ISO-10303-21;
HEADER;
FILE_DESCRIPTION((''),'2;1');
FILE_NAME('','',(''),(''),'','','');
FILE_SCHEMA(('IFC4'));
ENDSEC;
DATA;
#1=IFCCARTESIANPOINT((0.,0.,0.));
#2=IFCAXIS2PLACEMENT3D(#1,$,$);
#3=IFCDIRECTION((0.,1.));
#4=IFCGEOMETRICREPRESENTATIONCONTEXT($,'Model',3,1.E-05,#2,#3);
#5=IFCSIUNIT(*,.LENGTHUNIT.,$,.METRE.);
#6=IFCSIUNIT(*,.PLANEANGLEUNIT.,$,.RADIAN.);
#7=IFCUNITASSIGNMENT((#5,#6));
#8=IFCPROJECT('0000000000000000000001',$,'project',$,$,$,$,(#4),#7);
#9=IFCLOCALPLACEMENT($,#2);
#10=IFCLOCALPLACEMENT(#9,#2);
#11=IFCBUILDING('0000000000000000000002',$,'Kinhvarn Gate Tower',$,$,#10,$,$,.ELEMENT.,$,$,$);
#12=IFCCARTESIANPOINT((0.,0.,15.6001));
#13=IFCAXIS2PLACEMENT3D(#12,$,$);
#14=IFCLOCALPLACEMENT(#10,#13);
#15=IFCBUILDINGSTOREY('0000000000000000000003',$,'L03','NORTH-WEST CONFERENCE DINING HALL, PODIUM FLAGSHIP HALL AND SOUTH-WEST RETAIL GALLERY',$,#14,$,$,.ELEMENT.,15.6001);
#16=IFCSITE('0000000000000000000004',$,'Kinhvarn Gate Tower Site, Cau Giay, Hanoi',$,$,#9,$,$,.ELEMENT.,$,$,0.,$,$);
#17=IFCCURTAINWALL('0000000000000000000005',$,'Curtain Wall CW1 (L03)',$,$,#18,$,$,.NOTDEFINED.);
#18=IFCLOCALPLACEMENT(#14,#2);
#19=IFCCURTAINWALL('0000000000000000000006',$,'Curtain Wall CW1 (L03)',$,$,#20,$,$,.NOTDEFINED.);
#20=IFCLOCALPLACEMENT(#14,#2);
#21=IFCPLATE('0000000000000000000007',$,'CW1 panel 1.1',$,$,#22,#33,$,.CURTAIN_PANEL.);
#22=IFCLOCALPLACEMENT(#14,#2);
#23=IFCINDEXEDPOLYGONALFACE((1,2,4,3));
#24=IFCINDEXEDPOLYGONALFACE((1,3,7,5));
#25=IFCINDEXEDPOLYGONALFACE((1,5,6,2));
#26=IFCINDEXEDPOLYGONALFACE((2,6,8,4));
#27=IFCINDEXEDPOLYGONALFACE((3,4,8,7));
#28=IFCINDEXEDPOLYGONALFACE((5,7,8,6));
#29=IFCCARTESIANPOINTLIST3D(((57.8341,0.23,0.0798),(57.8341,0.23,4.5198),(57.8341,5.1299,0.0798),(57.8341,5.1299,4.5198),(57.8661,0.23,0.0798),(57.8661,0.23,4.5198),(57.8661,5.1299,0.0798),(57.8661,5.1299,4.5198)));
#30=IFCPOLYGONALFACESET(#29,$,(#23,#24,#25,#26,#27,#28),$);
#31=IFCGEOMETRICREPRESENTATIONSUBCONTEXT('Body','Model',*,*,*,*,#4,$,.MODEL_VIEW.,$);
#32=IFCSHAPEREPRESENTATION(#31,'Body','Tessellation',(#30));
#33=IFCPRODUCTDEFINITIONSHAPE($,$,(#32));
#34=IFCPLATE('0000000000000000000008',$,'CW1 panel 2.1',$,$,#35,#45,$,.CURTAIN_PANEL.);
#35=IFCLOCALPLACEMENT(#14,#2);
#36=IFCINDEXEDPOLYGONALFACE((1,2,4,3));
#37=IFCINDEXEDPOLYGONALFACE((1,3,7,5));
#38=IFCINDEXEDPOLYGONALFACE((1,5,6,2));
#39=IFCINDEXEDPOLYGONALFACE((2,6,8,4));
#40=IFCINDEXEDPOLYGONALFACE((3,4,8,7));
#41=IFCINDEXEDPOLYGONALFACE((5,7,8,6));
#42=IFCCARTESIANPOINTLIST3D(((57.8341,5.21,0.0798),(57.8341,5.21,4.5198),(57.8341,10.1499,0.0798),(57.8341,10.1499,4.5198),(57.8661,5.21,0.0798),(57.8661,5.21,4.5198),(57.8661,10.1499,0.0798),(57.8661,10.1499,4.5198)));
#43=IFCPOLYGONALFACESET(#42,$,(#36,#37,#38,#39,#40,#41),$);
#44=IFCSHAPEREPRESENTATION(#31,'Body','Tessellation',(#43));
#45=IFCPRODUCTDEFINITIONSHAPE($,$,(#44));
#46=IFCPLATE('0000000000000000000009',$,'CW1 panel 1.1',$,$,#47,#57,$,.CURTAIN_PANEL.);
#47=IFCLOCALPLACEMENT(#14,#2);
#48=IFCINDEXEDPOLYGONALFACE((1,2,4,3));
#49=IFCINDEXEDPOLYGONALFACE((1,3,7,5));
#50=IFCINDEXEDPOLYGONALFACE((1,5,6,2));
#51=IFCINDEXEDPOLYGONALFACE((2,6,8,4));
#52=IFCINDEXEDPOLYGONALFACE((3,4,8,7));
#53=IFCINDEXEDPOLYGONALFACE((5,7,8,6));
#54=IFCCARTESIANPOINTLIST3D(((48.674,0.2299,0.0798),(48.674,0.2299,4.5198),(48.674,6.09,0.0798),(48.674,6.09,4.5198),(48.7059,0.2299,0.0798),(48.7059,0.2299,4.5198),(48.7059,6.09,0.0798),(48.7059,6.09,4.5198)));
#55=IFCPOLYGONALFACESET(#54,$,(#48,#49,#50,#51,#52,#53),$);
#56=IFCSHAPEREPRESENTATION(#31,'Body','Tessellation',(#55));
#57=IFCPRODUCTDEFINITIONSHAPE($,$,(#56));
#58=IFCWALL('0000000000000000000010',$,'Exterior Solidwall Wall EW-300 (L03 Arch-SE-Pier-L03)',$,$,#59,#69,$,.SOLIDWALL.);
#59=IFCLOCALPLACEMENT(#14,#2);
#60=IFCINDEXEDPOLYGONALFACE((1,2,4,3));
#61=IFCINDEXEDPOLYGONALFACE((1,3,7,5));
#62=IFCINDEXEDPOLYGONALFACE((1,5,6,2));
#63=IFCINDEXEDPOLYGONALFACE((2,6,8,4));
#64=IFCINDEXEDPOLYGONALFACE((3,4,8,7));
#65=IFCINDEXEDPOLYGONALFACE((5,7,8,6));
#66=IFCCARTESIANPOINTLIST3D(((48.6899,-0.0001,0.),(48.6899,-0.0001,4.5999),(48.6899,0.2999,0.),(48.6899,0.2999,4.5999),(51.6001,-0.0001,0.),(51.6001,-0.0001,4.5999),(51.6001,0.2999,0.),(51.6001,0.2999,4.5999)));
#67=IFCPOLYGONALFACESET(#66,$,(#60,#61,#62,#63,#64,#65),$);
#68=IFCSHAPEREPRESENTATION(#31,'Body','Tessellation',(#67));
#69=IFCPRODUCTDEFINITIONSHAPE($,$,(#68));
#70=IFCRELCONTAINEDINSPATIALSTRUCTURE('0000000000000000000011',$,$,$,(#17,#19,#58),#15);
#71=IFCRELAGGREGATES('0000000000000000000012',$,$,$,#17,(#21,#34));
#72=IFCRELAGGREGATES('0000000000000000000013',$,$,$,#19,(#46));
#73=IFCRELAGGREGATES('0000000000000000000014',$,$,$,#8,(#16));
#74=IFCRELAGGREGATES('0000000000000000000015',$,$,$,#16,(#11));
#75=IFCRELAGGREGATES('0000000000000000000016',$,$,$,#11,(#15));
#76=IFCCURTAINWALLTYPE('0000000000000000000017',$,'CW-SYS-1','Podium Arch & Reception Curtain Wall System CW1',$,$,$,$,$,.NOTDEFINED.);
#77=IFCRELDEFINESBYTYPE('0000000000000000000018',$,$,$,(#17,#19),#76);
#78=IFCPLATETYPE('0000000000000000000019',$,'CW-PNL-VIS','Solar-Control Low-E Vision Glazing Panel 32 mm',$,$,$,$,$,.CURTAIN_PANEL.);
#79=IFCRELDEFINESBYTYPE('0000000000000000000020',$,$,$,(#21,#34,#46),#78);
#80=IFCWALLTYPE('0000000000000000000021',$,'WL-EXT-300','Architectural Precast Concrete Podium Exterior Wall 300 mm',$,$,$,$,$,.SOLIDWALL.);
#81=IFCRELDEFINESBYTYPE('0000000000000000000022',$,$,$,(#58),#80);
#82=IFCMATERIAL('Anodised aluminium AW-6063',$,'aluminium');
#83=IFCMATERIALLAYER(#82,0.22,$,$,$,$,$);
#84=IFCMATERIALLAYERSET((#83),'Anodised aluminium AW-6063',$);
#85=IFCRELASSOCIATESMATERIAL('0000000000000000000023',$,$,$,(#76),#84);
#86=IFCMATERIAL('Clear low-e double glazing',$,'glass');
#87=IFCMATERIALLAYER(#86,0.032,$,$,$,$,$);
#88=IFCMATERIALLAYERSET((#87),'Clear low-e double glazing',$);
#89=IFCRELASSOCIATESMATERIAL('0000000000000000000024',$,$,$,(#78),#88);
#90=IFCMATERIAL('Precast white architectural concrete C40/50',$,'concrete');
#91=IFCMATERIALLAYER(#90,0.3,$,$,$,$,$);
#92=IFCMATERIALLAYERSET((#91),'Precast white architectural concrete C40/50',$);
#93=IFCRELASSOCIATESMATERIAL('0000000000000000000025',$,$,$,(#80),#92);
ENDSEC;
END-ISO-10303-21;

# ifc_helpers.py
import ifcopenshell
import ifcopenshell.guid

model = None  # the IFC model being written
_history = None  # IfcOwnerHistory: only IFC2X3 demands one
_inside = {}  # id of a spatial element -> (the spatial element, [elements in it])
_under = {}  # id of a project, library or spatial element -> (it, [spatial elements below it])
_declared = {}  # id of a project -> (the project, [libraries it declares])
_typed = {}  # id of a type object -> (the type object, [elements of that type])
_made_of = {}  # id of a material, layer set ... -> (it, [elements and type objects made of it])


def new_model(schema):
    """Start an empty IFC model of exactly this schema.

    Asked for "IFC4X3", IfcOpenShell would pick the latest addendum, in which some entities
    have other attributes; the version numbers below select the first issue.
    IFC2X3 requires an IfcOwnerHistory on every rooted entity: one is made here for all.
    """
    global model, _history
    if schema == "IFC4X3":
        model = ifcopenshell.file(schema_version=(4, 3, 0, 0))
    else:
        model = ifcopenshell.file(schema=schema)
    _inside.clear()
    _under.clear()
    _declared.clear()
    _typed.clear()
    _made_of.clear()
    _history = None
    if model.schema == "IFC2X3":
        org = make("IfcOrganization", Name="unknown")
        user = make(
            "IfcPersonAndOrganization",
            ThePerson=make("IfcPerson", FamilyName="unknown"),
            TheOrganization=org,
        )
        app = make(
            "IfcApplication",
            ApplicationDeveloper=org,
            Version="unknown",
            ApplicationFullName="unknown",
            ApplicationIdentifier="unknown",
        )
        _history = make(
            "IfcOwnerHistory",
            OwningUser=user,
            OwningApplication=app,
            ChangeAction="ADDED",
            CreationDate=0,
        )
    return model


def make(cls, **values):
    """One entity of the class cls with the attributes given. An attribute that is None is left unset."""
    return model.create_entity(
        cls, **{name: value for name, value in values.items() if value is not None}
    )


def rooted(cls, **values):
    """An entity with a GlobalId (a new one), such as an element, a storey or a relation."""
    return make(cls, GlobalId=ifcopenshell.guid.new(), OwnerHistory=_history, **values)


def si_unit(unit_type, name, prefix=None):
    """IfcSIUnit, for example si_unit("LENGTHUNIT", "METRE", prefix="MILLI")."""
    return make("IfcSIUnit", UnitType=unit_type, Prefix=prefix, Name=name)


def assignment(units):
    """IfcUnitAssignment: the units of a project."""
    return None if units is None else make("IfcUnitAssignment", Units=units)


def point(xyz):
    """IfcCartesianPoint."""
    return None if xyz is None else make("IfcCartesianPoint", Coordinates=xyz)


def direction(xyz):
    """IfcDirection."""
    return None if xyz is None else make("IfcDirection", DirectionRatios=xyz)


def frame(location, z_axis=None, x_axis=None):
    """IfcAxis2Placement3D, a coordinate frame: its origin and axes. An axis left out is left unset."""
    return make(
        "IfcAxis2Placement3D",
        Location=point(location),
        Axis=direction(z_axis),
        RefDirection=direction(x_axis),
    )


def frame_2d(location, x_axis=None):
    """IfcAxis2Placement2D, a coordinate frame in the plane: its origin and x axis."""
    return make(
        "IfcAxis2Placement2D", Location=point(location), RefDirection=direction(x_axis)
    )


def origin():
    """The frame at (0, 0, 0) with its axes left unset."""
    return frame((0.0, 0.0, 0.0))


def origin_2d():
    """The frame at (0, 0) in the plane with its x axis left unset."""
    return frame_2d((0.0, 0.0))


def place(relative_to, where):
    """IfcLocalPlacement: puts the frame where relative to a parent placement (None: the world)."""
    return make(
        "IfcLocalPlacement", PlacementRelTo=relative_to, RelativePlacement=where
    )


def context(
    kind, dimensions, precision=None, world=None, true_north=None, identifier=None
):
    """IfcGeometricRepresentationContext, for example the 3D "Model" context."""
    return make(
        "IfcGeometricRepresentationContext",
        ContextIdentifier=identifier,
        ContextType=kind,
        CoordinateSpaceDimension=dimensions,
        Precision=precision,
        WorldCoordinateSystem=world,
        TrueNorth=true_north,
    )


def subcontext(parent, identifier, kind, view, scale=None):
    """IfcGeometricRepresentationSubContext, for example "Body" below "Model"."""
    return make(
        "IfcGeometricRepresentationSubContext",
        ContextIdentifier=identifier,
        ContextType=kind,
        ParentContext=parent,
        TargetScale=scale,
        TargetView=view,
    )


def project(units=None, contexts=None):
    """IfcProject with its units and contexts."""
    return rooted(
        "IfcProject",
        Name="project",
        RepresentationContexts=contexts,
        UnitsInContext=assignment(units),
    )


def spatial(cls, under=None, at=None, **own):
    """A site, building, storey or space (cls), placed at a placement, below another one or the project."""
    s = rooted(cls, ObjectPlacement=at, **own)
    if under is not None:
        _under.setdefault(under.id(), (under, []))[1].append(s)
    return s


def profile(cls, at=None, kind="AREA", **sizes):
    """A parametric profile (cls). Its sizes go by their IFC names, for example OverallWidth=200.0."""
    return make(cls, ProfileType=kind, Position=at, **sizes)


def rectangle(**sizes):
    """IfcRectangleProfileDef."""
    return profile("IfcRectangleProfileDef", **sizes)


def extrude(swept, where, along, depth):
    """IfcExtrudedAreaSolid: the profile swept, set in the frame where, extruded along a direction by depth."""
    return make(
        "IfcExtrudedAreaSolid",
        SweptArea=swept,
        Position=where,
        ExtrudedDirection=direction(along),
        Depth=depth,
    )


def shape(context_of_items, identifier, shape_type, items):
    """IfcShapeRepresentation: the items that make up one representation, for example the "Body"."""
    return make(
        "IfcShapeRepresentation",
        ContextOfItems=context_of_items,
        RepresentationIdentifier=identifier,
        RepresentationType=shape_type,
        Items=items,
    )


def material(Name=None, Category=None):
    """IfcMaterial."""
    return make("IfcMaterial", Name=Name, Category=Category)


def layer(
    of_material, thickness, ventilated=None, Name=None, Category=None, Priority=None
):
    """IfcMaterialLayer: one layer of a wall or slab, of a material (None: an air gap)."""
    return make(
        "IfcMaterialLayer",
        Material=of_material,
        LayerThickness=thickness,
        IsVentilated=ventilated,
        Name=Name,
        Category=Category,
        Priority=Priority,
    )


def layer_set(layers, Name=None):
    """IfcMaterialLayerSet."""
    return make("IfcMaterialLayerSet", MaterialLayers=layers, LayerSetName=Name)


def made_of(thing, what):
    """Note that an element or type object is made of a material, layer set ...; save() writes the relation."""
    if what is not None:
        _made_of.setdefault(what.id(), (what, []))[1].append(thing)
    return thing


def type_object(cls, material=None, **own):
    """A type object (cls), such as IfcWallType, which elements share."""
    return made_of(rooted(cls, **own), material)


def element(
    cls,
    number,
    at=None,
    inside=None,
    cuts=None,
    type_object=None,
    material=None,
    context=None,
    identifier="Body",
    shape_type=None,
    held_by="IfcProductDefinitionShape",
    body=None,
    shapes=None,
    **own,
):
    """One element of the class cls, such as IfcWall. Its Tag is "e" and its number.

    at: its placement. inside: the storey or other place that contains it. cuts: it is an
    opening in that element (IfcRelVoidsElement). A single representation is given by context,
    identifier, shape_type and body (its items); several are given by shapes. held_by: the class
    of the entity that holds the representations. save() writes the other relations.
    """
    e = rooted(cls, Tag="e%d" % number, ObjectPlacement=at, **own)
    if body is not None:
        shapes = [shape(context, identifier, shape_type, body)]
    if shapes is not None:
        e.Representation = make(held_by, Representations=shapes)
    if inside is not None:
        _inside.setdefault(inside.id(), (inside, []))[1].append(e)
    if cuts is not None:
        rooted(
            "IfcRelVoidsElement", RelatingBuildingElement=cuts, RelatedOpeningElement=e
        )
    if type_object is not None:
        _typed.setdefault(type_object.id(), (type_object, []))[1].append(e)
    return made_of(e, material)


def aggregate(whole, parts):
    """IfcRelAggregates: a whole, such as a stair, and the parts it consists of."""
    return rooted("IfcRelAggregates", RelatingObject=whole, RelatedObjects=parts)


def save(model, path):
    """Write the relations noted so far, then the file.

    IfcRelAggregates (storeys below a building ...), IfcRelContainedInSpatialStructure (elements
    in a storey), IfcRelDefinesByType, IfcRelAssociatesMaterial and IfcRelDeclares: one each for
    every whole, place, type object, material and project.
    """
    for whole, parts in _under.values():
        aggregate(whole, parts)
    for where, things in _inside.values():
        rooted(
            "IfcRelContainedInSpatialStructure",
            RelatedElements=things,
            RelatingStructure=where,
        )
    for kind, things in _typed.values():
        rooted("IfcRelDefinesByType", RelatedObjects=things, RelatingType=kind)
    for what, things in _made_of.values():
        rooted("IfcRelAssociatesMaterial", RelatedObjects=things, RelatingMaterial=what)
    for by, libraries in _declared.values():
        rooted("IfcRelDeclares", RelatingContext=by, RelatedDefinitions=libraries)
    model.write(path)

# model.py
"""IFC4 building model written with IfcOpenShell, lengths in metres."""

from ifc_helpers import new_model, si_unit, direction, frame, frame_2d, origin, origin_2d, place, context, subcontext, project, spatial, rectangle, extrude, material, layer, layer_set, type_object, element, aggregate, save


model = new_model("IFC4")

# Units and contexts
model_context = context("Model", 3, precision=1e-05, world=origin(), true_north=direction((0.0, 1.0)))
body_context = subcontext(model_context, "Body", "Model", "MODEL_VIEW")
ifc_project = project(units=[si_unit("LENGTHUNIT", "METRE"), si_unit("PLANEANGLEUNIT", "RADIAN")], contexts=[model_context])

# Site, building, storey
site_placement = place(None, origin())
site = spatial("IfcSite", under=ifc_project, at=site_placement, Name="Kinhvarn Gate Tower Site, Cau Giay, Hanoi", CompositionType="ELEMENT", RefElevation=0.0)
building_placement = place(site_placement, origin())
building = spatial("IfcBuilding", under=site, at=building_placement, Name="Kinhvarn Gate Tower", CompositionType="ELEMENT")
storey_placement = place(building_placement, frame((0.0, 0.0, 15.6001)))
storey = spatial("IfcBuildingStorey", under=building, at=storey_placement, Name="L03", Description="NORTH-WEST CONFERENCE DINING HALL, PODIUM FLAGSHIP HALL AND SOUTH-WEST RETAIL GALLERY", CompositionType="ELEMENT", Elevation=15.6001)

# Curtain wall
ifc_material_1 = material(Name="Anodised aluminium AW-6063", Category="aluminium")
ifc_layer_1 = layer(ifc_material_1, 0.22)
ifc_layer_set_1 = layer_set([ifc_layer_1], Name="Anodised aluminium AW-6063")
curtain_wall_type = type_object("IfcCurtainWallType", Name="CW-SYS-1", Description="Podium Arch & Reception Curtain Wall System CW1", PredefinedType="NOTDEFINED", material=ifc_layer_set_1)
curtain_wall_1_placement = place(storey_placement, origin())
curtain_wall_1 = element("IfcCurtainWall", 1, at=curtain_wall_1_placement, inside=storey, type_object=curtain_wall_type, Name="Curtain Wall CW1 (L03)", PredefinedType="NOTDEFINED")

# Curtain wall
curtain_wall_2_placement = place(storey_placement, origin())
curtain_wall_2 = element("IfcCurtainWall", 2, at=curtain_wall_2_placement, inside=storey, type_object=curtain_wall_type, Name="Curtain Wall CW1 (L03)", PredefinedType="NOTDEFINED")

# Plates
ifc_material_2 = material(Name="Clear low-e double glazing", Category="glass")
ifc_layer_2 = layer(ifc_material_2, 0.032)
ifc_layer_set_2 = layer_set([ifc_layer_2], Name="Clear low-e double glazing")
plate_type = type_object("IfcPlateType", Name="CW-PNL-VIS", Description="Solar-Control Low-E Vision Glazing Panel 32 mm", PredefinedType="CURTAIN_PANEL", material=ifc_layer_set_2)
plate_1_placement = place(storey_placement, frame((57.8501, 2.6799, 0.0798), z_axis=(0.0, 0.0, 1.0), x_axis=(0.0, 1.0, 0.0)))
plate_1 = element("IfcPlate", 3, at=plate_1_placement, type_object=plate_type, Name="CW1 panel 1.1", PredefinedType="CURTAIN_PANEL", context=body_context, shape_type="SweptSolid", body=[
    extrude(rectangle(XDim=4.8999, YDim=0.032, at=origin_2d()), origin(), (0.0, 0.0, 1.0), 4.4399),
])
plate_2_placement = place(storey_placement, frame((57.8501, 7.6799, 0.0798), z_axis=(0.0, 0.0, 1.0), x_axis=(0.0, 1.0, 0.0)))
plate_2 = element("IfcPlate", 4, at=plate_2_placement, type_object=plate_type, Name="CW1 panel 2.1", PredefinedType="CURTAIN_PANEL", context=body_context, shape_type="SweptSolid", body=[
    extrude(rectangle(XDim=4.9399, YDim=0.032, at=origin_2d()), origin(), (0.0, 0.0, 1.0), 4.4399),
])
aggregate(curtain_wall_1, [plate_1, plate_2])
plate_3_placement = place(storey_placement, frame((48.6899, 3.1599, 0.0798), z_axis=(0.0, 0.0, 1.0), x_axis=(0.0, -1.0, 0.0)))
plate_3 = element("IfcPlate", 5, at=plate_3_placement, type_object=plate_type, Name="CW1 panel 1.1", PredefinedType="CURTAIN_PANEL", context=body_context, shape_type="SweptSolid", body=[
    extrude(rectangle(XDim=5.8601, YDim=0.032, at=origin_2d()), origin(), (0.0, 0.0, 1.0), 4.4399),
])
aggregate(curtain_wall_2, [plate_3])

# Wall
ifc_material_3 = material(Name="Precast white architectural concrete C40/50", Category="concrete")
ifc_layer_3 = layer(ifc_material_3, 0.3)
ifc_layer_set_3 = layer_set([ifc_layer_3], Name="Precast white architectural concrete C40/50")
wall_type = type_object("IfcWallType", Name="WL-EXT-300", Description="Architectural Precast Concrete Podium Exterior Wall 300 mm", PredefinedType="SOLIDWALL", material=ifc_layer_set_3)
wall_placement = place(storey_placement, frame((48.6899, 0.1499, 0.0), z_axis=(0.0, 0.0, 1.0), x_axis=(1.0, 0.0, 0.0)))
element("IfcWall", 6, at=wall_placement, inside=storey, type_object=wall_type, Name="Exterior Solidwall Wall EW-300 (L03 Arch-SE-Pier-L03)", PredefinedType="SOLIDWALL", context=body_context, shape_type="SweptSolid", body=[
    extrude(rectangle(XDim=2.9102, YDim=0.3, at=frame_2d((1.4551, 0.0))), origin(), (0.0, 0.0, 1.0), 4.5999),
])

save(model, "model.ifc")
